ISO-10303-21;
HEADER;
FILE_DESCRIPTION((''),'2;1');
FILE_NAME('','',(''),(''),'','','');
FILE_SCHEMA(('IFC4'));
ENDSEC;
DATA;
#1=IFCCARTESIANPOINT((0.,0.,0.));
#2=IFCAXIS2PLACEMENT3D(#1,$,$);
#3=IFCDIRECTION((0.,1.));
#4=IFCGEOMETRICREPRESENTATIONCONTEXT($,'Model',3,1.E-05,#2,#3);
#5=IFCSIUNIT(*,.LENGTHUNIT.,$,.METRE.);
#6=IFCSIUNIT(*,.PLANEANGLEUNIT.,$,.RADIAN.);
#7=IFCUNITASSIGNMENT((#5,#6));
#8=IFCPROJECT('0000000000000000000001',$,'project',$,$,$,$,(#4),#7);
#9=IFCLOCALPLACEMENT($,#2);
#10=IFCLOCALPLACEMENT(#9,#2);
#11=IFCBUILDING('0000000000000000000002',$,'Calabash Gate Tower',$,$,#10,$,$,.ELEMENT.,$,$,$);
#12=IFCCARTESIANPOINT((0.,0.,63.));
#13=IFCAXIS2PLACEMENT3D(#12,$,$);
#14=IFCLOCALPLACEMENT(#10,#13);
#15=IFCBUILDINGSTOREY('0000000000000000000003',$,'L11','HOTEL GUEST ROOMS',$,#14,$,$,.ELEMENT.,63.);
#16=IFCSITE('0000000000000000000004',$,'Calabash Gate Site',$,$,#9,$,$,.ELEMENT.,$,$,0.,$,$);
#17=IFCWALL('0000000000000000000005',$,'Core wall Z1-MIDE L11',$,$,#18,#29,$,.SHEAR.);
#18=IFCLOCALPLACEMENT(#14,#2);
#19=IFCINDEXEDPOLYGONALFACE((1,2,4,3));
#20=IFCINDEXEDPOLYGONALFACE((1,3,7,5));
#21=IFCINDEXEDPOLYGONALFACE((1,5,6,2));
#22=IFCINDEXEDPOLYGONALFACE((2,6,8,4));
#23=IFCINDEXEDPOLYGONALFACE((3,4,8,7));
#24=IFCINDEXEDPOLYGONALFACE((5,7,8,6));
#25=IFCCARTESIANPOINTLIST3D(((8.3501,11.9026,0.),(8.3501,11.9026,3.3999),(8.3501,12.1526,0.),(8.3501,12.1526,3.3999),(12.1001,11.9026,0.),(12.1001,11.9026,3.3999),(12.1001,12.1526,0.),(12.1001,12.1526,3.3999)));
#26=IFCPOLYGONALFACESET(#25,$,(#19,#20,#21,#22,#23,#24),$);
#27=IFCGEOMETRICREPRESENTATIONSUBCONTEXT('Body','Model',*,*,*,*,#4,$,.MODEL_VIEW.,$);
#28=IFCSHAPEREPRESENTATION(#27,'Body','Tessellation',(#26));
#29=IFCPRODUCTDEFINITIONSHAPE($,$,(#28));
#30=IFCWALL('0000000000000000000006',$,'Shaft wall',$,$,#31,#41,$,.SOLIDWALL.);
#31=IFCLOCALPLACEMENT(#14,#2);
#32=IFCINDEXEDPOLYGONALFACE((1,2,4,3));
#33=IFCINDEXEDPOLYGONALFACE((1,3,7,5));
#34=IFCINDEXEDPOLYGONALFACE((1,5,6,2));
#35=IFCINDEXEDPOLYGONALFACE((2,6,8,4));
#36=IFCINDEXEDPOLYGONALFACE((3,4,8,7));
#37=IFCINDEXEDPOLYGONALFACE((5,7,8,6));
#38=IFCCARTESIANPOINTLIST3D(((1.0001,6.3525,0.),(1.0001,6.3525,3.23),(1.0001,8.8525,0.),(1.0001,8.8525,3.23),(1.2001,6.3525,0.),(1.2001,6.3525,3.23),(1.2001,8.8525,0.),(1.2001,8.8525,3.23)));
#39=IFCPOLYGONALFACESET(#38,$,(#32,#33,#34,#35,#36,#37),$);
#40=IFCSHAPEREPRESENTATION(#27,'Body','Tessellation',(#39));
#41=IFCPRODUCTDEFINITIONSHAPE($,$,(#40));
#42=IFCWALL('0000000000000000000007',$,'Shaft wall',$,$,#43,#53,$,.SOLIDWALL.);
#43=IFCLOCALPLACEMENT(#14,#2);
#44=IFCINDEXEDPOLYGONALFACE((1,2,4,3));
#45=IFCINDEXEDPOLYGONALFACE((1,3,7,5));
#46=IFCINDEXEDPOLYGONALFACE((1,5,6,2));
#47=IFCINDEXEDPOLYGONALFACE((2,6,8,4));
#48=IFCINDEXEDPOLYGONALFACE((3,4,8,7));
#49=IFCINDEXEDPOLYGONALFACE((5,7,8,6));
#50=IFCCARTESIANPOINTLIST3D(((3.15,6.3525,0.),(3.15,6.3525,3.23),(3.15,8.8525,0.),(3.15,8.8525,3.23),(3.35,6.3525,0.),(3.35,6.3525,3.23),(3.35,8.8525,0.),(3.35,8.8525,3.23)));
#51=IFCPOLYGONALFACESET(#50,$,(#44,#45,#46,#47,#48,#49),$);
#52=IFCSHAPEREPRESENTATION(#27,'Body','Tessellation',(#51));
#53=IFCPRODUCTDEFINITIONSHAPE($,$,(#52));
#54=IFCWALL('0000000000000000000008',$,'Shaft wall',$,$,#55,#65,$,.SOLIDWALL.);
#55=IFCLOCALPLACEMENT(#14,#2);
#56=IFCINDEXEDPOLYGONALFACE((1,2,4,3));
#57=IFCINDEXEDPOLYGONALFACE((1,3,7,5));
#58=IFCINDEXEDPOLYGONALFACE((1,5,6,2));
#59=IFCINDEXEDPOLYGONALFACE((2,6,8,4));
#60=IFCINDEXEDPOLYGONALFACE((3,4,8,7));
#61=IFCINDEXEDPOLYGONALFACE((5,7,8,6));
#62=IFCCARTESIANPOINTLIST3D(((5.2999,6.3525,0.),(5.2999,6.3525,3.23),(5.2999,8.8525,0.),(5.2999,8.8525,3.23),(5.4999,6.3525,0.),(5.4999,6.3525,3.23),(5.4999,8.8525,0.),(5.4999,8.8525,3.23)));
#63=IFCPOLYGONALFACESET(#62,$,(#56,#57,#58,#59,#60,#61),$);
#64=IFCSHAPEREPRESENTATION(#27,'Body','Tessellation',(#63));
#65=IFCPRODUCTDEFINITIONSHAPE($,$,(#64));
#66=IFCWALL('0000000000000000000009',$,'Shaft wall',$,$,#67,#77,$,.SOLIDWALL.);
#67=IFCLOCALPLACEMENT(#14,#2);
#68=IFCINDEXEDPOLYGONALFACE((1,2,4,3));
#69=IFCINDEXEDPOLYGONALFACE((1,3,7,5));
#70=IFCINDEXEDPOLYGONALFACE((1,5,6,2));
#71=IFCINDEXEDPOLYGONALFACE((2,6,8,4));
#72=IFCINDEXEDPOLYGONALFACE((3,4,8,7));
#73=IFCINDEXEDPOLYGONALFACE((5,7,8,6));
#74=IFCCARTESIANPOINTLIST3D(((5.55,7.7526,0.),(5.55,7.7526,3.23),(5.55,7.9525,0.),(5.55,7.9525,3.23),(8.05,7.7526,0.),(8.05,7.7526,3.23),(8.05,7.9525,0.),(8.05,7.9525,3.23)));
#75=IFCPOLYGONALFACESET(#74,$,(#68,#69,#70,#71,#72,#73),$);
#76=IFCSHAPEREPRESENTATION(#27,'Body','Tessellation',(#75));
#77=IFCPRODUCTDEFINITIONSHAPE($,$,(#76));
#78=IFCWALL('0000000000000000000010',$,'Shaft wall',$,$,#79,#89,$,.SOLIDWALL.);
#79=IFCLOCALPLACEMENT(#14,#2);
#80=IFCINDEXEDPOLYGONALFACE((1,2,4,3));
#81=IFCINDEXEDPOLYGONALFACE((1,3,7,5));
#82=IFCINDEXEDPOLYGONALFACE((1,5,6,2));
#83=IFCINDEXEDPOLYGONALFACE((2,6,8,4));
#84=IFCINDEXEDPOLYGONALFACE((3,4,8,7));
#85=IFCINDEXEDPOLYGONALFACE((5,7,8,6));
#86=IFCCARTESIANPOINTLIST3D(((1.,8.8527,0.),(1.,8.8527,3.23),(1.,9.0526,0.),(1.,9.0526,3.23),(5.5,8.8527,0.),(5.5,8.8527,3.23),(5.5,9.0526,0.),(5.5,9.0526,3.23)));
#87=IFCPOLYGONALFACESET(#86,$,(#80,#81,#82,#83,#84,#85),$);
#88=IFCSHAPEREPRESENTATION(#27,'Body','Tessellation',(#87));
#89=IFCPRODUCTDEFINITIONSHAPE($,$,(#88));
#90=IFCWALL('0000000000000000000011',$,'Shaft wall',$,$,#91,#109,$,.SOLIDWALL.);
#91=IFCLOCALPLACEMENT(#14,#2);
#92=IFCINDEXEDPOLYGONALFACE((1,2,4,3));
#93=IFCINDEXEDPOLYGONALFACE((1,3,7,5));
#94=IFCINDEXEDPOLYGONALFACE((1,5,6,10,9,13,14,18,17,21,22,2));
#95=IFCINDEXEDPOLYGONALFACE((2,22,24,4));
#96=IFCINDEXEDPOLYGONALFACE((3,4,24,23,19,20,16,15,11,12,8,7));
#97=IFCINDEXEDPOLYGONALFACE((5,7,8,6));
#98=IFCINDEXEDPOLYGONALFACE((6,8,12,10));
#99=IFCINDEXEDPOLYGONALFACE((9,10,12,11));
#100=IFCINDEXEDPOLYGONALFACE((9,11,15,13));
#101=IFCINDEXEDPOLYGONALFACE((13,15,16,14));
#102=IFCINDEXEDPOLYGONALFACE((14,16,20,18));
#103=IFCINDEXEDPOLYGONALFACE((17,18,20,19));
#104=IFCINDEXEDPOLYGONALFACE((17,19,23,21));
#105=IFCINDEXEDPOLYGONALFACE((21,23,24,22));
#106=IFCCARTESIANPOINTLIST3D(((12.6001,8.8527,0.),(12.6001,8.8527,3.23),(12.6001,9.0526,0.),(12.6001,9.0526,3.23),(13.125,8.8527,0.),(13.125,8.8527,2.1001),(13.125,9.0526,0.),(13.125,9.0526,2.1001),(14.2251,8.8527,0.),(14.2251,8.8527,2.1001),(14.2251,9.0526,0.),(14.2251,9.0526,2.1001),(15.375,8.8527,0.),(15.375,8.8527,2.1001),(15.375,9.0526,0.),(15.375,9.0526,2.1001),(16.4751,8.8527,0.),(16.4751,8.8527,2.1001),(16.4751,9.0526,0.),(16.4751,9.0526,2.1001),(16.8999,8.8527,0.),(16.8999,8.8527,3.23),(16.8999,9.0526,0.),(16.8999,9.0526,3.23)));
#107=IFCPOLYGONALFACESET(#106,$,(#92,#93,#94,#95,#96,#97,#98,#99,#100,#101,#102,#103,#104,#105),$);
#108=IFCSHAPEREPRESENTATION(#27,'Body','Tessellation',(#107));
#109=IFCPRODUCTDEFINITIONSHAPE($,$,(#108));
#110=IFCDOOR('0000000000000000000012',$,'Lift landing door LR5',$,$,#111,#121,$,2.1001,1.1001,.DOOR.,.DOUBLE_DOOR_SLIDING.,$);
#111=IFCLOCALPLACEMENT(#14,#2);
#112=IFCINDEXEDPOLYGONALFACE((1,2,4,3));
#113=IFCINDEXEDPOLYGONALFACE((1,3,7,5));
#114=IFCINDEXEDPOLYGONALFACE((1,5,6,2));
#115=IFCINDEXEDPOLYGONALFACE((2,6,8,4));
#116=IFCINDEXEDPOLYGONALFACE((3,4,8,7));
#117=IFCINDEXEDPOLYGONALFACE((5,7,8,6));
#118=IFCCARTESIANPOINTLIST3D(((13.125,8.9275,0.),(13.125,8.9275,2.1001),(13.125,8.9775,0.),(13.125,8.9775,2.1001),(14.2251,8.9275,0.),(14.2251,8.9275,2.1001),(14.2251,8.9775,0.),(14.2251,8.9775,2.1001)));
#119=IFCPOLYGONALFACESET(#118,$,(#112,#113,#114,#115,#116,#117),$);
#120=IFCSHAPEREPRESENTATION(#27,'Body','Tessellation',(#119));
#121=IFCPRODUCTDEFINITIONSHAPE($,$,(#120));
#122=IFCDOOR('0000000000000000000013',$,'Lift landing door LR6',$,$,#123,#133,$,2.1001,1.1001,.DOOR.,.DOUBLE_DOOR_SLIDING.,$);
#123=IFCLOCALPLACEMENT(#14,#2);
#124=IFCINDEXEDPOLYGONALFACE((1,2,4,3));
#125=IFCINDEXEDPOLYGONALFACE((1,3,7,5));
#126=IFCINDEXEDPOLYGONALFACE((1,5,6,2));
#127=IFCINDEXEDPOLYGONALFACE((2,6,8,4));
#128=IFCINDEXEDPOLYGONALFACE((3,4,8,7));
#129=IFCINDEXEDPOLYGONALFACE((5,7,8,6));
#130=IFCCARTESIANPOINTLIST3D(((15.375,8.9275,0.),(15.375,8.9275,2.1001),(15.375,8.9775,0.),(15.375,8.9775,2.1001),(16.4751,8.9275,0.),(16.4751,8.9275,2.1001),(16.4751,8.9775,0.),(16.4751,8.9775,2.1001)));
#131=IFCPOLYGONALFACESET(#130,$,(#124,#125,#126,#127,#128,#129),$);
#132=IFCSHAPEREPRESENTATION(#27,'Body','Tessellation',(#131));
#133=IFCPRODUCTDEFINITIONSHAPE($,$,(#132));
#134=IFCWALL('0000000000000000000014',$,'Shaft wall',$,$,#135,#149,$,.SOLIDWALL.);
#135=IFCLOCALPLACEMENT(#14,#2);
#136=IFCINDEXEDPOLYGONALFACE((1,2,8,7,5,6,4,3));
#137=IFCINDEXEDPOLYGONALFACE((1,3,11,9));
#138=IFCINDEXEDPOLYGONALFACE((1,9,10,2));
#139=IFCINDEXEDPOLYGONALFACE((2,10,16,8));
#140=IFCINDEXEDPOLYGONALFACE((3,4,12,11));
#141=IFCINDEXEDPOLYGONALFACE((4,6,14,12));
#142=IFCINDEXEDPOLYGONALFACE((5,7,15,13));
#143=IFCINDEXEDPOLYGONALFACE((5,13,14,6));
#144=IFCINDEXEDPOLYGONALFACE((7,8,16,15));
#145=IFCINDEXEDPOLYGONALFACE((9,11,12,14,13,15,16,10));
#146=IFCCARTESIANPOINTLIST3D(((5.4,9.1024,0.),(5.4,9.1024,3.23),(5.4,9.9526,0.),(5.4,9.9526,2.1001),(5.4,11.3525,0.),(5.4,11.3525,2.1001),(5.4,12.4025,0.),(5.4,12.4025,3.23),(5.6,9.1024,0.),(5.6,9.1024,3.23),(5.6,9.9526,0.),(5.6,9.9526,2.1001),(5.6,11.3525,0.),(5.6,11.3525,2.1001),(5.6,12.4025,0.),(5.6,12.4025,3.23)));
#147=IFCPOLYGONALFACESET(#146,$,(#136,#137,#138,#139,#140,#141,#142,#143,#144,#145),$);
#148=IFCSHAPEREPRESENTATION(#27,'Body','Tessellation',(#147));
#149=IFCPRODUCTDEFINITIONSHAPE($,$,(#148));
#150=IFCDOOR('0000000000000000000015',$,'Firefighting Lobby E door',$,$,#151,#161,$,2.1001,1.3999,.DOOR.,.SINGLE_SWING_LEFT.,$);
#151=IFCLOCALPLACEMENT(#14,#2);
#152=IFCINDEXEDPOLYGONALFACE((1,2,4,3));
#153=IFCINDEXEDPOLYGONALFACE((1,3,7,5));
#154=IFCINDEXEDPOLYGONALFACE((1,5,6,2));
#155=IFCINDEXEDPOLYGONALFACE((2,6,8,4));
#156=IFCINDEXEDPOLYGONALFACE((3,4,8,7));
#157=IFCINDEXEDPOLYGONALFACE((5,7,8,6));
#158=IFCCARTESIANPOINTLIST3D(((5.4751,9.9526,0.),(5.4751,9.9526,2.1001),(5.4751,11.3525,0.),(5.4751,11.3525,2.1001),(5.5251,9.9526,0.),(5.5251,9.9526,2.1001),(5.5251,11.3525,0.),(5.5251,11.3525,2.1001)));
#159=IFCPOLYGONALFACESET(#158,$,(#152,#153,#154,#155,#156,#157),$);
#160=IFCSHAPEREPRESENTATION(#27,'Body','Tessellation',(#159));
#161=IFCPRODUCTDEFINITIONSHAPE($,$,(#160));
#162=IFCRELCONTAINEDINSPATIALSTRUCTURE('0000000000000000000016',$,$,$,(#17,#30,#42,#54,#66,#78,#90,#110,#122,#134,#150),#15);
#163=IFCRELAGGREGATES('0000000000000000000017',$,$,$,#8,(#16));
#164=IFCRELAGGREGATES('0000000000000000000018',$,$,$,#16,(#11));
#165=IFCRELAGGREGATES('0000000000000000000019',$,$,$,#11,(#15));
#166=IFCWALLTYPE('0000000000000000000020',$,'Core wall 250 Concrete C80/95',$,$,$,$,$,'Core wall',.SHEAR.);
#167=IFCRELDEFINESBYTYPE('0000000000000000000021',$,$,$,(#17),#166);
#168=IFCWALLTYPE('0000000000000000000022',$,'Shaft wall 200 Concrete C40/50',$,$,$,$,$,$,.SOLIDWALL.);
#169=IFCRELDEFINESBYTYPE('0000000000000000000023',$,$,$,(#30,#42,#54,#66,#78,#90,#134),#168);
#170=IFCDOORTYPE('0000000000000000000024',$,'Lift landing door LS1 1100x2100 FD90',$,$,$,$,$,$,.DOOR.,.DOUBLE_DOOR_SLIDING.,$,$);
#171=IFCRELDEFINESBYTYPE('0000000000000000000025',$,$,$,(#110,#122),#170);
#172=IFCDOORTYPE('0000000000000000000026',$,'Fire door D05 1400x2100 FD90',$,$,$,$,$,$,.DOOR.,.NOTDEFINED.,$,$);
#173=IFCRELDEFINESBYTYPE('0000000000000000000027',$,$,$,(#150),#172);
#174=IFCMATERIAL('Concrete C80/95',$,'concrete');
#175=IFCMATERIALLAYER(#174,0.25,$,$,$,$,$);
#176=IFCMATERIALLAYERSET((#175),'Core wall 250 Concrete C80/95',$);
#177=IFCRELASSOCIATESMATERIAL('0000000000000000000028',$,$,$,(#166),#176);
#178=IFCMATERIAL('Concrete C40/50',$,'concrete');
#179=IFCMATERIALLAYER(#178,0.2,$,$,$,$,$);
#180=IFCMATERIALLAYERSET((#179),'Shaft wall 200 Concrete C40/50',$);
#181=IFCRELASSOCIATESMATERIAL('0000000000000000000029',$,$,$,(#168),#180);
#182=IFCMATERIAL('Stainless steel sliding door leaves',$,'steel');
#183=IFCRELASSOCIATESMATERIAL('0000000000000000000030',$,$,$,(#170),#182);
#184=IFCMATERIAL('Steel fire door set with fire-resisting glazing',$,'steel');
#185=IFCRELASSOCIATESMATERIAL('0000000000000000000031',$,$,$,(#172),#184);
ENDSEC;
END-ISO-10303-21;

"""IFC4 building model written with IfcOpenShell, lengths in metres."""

from ifc_helpers import new_model, si_unit, direction, frame, frame_2d, origin, place, context, subcontext, project, spatial, rectangle, extrude, material, layer, layer_set, type_object, element, fill, save


model = new_model("IFC4")

# Units and contexts
model_context = context("Model", 3, precision=1e-05, world=origin(), true_north=direction((0.0, 1.0)))
body_context = subcontext(model_context, "Body", "Model", "MODEL_VIEW")
ifc_project = project(units=[si_unit("LENGTHUNIT", "METRE"), si_unit("PLANEANGLEUNIT", "RADIAN")], contexts=[model_context])

# Site, building, storey
site_placement = place(None, origin())
site = spatial("IfcSite", under=ifc_project, at=site_placement, Name="Calabash Gate Site", CompositionType="ELEMENT", RefElevation=0.0)
building_placement = place(site_placement, origin())
building = spatial("IfcBuilding", under=site, at=building_placement, Name="Calabash Gate Tower", CompositionType="ELEMENT")
storey_placement = place(building_placement, frame((0.0, 0.0, 63.0)))
storey = spatial("IfcBuildingStorey", under=building, at=storey_placement, Name="L11", Description="HOTEL GUEST ROOMS", CompositionType="ELEMENT", Elevation=63.0)

# Walls
ifc_material_1 = material(Name="Concrete C80/95", Category="concrete")
ifc_layer_1 = layer(ifc_material_1, 0.25)
ifc_layer_set_1 = layer_set([ifc_layer_1], Name="Core wall 250 Concrete C80/95")
wall_type_1 = type_object("IfcWallType", Name="Core wall 250 Concrete C80/95", ElementType="Core wall", PredefinedType="SHEAR", material=ifc_layer_set_1)
wall_1_placement = place(storey_placement, frame((8.3501, 12.0276, 0.0), z_axis=(0.0, 0.0, 1.0), x_axis=(1.0, 0.0, 0.0)))
element("IfcWall", 1, at=wall_1_placement, inside=storey, type_object=wall_type_1, Name="Core wall Z1-MIDE L11", PredefinedType="SHEAR", context=body_context, shape_type="SweptSolid", body=[
    extrude(rectangle(XDim=3.75, YDim=0.25, at=frame_2d((1.875, 0.0))), origin(), (0.0, 0.0, 1.0), 3.3999),
])
ifc_material_2 = material(Name="Concrete C40/50", Category="concrete")
ifc_layer_2 = layer(ifc_material_2, 0.2)
ifc_layer_set_2 = layer_set([ifc_layer_2], Name="Shaft wall 200 Concrete C40/50")
wall_type_2 = type_object("IfcWallType", Name="Shaft wall 200 Concrete C40/50", PredefinedType="SOLIDWALL", material=ifc_layer_set_2)
for number, where, z_axis, x_axis, name in (
    (2, (1.1001, 6.3525, 0.0), (0.0, 0.0, 1.0), (0.0, 1.0, 0.0), "Shaft wall"),
    (3, (3.25, 6.3525, 0.0), (0.0, 0.0, 1.0), (0.0, 1.0, 0.0), "Shaft wall"),
    (4, (5.3999, 6.3525, 0.0), (0.0, 0.0, 1.0), (0.0, 1.0, 0.0), "Shaft wall"),
    (5, (5.55, 7.8525, 0.0), (0.0, 0.0, 1.0), (1.0, 0.0, 0.0), "Shaft wall"),
):
    element("IfcWall", number, at=place(storey_placement, frame(where, z_axis=z_axis, x_axis=x_axis)), inside=storey, type_object=wall_type_2, Name=name, PredefinedType="SOLIDWALL", context=body_context, shape_type="SweptSolid", body=[
        extrude(rectangle(XDim=2.5, YDim=0.2, at=frame_2d((1.25, 0.0))), origin(), (0.0, 0.0, 1.0), 3.23),
    ])
wall_2_placement = place(storey_placement, frame((1.0, 8.9526, 0.0), z_axis=(0.0, 0.0, 1.0), x_axis=(1.0, 0.0, 0.0)))
element("IfcWall", 6, at=wall_2_placement, inside=storey, type_object=wall_type_2, Name="Shaft wall", PredefinedType="SOLIDWALL", context=body_context, shape_type="SweptSolid", body=[
    extrude(rectangle(XDim=4.5, YDim=0.2, at=frame_2d((2.25, 0.0))), origin(), (0.0, 0.0, 1.0), 3.23),
])

# Wall, openings, doors
wall_3_placement = place(storey_placement, frame((12.6001, 8.9526, 0.0), z_axis=(0.0, 0.0, 1.0), x_axis=(1.0, 0.0, 0.0)))
wall_3 = element("IfcWall", 7, at=wall_3_placement, inside=storey, type_object=wall_type_2, Name="Shaft wall", PredefinedType="SOLIDWALL", context=body_context, shape_type="SweptSolid", body=[
    extrude(rectangle(XDim=4.2998, YDim=0.2, at=frame_2d((2.1499, 0.0))), origin(), (0.0, 0.0, 1.0), 3.23),
])
opening_1_placement = place(wall_3_placement, frame((0.5249, 0.0, 0.0)))
opening_1 = element("IfcOpeningElement", 8, at=opening_1_placement, cuts=wall_3, PredefinedType="OPENING", context=body_context, shape_type="SweptSolid", body=[
    extrude(rectangle(XDim=1.1001, YDim=2.1001, at=frame_2d((0.55, 1.05))), frame((0.0, 0.1099, 0.0), z_axis=(0.0, -1.0, 0.0), x_axis=(1.0, 0.0, 0.0)), (0.0, 0.0, 1.0), 0.22),
])
opening_2_placement = place(wall_3_placement, frame((2.7749, 0.0, 0.0)))
opening_2 = element("IfcOpeningElement", 9, at=opening_2_placement, cuts=wall_3, PredefinedType="OPENING", context=body_context, shape_type="SweptSolid", body=[
    extrude(rectangle(XDim=1.1001, YDim=2.1001, at=frame_2d((0.55, 1.05))), frame((0.0, 0.1099, 0.0), z_axis=(0.0, -1.0, 0.0), x_axis=(1.0, 0.0, 0.0)), (0.0, 0.0, 1.0), 0.22),
])
ifc_material_3 = material(Name="Stainless steel sliding door leaves", Category="steel")
door_type_1 = type_object("IfcDoorType", Name="Lift landing door LS1 1100x2100 FD90", OperationType="DOUBLE_DOOR_SLIDING", PredefinedType="DOOR", material=ifc_material_3)
door_1_placement = place(opening_1_placement, origin())
door_1 = element("IfcDoor", 10, at=door_1_placement, inside=storey, type_object=door_type_1, Name="Lift landing door LR5", OperationType="DOUBLE_DOOR_SLIDING", OverallHeight=2.1001, OverallWidth=1.1001, PredefinedType="DOOR", context=body_context, shape_type="SweptSolid", body=[
    extrude(rectangle(XDim=1.1001, YDim=2.1001, at=frame_2d((0.55, 1.05))), frame((0.0, 0.0249, 0.0), z_axis=(0.0, -1.0, 0.0), x_axis=(1.0, 0.0, 0.0)), (0.0, 0.0, 1.0), 0.05),
])
fill(opening_1, door_1)
door_2_placement = place(opening_2_placement, origin())
door_2 = element("IfcDoor", 11, at=door_2_placement, inside=storey, type_object=door_type_1, Name="Lift landing door LR6", OperationType="DOUBLE_DOOR_SLIDING", OverallHeight=2.1001, OverallWidth=1.1001, PredefinedType="DOOR", context=body_context, shape_type="SweptSolid", body=[
    extrude(rectangle(XDim=1.1001, YDim=2.1001, at=frame_2d((0.55, 1.05))), frame((0.0, 0.0249, 0.0), z_axis=(0.0, -1.0, 0.0), x_axis=(1.0, 0.0, 0.0)), (0.0, 0.0, 1.0), 0.05),
])
fill(opening_2, door_2)

# Wall, opening, door
wall_4_placement = place(storey_placement, frame((5.5, 9.1025, 0.0), z_axis=(0.0, 0.0, 1.0), x_axis=(0.0, 1.0, 0.0)))
wall_4 = element("IfcWall", 12, at=wall_4_placement, inside=storey, type_object=wall_type_2, Name="Shaft wall", PredefinedType="SOLIDWALL", context=body_context, shape_type="SweptSolid", body=[
    extrude(rectangle(XDim=3.3, YDim=0.2, at=frame_2d((1.6499, 0.0))), origin(), (0.0, 0.0, 1.0), 3.23),
])
opening_3_placement = place(wall_4_placement, frame((0.8501, 0.0, 0.0)))
opening_3 = element("IfcOpeningElement", 13, at=opening_3_placement, cuts=wall_4, PredefinedType="OPENING", context=body_context, shape_type="SweptSolid", body=[
    extrude(rectangle(XDim=1.3999, YDim=2.1001, at=frame_2d((0.7, 1.05))), frame((0.0, 0.1099, 0.0), z_axis=(0.0, -1.0, 0.0), x_axis=(1.0, 0.0, 0.0)), (0.0, 0.0, 1.0), 0.22),
])
ifc_material_4 = material(Name="Steel fire door set with fire-resisting glazing", Category="steel")
door_type_2 = type_object("IfcDoorType", Name="Fire door D05 1400x2100 FD90", OperationType="NOTDEFINED", PredefinedType="DOOR", material=ifc_material_4)
door_3_placement = place(opening_3_placement, origin())
door_3 = element("IfcDoor", 14, at=door_3_placement, inside=storey, type_object=door_type_2, Name="Firefighting Lobby E door", OperationType="SINGLE_SWING_LEFT", OverallHeight=2.1001, OverallWidth=1.3999, PredefinedType="DOOR", context=body_context, shape_type="SweptSolid", body=[
    extrude(rectangle(XDim=1.3999, YDim=2.1001, at=frame_2d((0.7, 1.05))), frame((0.0, 0.0249, 0.0), z_axis=(0.0, -1.0, 0.0), x_axis=(1.0, 0.0, 0.0)), (0.0, 0.0, 1.0), 0.05),
])
fill(opening_3, door_3)

save(model, "model.ifc")
